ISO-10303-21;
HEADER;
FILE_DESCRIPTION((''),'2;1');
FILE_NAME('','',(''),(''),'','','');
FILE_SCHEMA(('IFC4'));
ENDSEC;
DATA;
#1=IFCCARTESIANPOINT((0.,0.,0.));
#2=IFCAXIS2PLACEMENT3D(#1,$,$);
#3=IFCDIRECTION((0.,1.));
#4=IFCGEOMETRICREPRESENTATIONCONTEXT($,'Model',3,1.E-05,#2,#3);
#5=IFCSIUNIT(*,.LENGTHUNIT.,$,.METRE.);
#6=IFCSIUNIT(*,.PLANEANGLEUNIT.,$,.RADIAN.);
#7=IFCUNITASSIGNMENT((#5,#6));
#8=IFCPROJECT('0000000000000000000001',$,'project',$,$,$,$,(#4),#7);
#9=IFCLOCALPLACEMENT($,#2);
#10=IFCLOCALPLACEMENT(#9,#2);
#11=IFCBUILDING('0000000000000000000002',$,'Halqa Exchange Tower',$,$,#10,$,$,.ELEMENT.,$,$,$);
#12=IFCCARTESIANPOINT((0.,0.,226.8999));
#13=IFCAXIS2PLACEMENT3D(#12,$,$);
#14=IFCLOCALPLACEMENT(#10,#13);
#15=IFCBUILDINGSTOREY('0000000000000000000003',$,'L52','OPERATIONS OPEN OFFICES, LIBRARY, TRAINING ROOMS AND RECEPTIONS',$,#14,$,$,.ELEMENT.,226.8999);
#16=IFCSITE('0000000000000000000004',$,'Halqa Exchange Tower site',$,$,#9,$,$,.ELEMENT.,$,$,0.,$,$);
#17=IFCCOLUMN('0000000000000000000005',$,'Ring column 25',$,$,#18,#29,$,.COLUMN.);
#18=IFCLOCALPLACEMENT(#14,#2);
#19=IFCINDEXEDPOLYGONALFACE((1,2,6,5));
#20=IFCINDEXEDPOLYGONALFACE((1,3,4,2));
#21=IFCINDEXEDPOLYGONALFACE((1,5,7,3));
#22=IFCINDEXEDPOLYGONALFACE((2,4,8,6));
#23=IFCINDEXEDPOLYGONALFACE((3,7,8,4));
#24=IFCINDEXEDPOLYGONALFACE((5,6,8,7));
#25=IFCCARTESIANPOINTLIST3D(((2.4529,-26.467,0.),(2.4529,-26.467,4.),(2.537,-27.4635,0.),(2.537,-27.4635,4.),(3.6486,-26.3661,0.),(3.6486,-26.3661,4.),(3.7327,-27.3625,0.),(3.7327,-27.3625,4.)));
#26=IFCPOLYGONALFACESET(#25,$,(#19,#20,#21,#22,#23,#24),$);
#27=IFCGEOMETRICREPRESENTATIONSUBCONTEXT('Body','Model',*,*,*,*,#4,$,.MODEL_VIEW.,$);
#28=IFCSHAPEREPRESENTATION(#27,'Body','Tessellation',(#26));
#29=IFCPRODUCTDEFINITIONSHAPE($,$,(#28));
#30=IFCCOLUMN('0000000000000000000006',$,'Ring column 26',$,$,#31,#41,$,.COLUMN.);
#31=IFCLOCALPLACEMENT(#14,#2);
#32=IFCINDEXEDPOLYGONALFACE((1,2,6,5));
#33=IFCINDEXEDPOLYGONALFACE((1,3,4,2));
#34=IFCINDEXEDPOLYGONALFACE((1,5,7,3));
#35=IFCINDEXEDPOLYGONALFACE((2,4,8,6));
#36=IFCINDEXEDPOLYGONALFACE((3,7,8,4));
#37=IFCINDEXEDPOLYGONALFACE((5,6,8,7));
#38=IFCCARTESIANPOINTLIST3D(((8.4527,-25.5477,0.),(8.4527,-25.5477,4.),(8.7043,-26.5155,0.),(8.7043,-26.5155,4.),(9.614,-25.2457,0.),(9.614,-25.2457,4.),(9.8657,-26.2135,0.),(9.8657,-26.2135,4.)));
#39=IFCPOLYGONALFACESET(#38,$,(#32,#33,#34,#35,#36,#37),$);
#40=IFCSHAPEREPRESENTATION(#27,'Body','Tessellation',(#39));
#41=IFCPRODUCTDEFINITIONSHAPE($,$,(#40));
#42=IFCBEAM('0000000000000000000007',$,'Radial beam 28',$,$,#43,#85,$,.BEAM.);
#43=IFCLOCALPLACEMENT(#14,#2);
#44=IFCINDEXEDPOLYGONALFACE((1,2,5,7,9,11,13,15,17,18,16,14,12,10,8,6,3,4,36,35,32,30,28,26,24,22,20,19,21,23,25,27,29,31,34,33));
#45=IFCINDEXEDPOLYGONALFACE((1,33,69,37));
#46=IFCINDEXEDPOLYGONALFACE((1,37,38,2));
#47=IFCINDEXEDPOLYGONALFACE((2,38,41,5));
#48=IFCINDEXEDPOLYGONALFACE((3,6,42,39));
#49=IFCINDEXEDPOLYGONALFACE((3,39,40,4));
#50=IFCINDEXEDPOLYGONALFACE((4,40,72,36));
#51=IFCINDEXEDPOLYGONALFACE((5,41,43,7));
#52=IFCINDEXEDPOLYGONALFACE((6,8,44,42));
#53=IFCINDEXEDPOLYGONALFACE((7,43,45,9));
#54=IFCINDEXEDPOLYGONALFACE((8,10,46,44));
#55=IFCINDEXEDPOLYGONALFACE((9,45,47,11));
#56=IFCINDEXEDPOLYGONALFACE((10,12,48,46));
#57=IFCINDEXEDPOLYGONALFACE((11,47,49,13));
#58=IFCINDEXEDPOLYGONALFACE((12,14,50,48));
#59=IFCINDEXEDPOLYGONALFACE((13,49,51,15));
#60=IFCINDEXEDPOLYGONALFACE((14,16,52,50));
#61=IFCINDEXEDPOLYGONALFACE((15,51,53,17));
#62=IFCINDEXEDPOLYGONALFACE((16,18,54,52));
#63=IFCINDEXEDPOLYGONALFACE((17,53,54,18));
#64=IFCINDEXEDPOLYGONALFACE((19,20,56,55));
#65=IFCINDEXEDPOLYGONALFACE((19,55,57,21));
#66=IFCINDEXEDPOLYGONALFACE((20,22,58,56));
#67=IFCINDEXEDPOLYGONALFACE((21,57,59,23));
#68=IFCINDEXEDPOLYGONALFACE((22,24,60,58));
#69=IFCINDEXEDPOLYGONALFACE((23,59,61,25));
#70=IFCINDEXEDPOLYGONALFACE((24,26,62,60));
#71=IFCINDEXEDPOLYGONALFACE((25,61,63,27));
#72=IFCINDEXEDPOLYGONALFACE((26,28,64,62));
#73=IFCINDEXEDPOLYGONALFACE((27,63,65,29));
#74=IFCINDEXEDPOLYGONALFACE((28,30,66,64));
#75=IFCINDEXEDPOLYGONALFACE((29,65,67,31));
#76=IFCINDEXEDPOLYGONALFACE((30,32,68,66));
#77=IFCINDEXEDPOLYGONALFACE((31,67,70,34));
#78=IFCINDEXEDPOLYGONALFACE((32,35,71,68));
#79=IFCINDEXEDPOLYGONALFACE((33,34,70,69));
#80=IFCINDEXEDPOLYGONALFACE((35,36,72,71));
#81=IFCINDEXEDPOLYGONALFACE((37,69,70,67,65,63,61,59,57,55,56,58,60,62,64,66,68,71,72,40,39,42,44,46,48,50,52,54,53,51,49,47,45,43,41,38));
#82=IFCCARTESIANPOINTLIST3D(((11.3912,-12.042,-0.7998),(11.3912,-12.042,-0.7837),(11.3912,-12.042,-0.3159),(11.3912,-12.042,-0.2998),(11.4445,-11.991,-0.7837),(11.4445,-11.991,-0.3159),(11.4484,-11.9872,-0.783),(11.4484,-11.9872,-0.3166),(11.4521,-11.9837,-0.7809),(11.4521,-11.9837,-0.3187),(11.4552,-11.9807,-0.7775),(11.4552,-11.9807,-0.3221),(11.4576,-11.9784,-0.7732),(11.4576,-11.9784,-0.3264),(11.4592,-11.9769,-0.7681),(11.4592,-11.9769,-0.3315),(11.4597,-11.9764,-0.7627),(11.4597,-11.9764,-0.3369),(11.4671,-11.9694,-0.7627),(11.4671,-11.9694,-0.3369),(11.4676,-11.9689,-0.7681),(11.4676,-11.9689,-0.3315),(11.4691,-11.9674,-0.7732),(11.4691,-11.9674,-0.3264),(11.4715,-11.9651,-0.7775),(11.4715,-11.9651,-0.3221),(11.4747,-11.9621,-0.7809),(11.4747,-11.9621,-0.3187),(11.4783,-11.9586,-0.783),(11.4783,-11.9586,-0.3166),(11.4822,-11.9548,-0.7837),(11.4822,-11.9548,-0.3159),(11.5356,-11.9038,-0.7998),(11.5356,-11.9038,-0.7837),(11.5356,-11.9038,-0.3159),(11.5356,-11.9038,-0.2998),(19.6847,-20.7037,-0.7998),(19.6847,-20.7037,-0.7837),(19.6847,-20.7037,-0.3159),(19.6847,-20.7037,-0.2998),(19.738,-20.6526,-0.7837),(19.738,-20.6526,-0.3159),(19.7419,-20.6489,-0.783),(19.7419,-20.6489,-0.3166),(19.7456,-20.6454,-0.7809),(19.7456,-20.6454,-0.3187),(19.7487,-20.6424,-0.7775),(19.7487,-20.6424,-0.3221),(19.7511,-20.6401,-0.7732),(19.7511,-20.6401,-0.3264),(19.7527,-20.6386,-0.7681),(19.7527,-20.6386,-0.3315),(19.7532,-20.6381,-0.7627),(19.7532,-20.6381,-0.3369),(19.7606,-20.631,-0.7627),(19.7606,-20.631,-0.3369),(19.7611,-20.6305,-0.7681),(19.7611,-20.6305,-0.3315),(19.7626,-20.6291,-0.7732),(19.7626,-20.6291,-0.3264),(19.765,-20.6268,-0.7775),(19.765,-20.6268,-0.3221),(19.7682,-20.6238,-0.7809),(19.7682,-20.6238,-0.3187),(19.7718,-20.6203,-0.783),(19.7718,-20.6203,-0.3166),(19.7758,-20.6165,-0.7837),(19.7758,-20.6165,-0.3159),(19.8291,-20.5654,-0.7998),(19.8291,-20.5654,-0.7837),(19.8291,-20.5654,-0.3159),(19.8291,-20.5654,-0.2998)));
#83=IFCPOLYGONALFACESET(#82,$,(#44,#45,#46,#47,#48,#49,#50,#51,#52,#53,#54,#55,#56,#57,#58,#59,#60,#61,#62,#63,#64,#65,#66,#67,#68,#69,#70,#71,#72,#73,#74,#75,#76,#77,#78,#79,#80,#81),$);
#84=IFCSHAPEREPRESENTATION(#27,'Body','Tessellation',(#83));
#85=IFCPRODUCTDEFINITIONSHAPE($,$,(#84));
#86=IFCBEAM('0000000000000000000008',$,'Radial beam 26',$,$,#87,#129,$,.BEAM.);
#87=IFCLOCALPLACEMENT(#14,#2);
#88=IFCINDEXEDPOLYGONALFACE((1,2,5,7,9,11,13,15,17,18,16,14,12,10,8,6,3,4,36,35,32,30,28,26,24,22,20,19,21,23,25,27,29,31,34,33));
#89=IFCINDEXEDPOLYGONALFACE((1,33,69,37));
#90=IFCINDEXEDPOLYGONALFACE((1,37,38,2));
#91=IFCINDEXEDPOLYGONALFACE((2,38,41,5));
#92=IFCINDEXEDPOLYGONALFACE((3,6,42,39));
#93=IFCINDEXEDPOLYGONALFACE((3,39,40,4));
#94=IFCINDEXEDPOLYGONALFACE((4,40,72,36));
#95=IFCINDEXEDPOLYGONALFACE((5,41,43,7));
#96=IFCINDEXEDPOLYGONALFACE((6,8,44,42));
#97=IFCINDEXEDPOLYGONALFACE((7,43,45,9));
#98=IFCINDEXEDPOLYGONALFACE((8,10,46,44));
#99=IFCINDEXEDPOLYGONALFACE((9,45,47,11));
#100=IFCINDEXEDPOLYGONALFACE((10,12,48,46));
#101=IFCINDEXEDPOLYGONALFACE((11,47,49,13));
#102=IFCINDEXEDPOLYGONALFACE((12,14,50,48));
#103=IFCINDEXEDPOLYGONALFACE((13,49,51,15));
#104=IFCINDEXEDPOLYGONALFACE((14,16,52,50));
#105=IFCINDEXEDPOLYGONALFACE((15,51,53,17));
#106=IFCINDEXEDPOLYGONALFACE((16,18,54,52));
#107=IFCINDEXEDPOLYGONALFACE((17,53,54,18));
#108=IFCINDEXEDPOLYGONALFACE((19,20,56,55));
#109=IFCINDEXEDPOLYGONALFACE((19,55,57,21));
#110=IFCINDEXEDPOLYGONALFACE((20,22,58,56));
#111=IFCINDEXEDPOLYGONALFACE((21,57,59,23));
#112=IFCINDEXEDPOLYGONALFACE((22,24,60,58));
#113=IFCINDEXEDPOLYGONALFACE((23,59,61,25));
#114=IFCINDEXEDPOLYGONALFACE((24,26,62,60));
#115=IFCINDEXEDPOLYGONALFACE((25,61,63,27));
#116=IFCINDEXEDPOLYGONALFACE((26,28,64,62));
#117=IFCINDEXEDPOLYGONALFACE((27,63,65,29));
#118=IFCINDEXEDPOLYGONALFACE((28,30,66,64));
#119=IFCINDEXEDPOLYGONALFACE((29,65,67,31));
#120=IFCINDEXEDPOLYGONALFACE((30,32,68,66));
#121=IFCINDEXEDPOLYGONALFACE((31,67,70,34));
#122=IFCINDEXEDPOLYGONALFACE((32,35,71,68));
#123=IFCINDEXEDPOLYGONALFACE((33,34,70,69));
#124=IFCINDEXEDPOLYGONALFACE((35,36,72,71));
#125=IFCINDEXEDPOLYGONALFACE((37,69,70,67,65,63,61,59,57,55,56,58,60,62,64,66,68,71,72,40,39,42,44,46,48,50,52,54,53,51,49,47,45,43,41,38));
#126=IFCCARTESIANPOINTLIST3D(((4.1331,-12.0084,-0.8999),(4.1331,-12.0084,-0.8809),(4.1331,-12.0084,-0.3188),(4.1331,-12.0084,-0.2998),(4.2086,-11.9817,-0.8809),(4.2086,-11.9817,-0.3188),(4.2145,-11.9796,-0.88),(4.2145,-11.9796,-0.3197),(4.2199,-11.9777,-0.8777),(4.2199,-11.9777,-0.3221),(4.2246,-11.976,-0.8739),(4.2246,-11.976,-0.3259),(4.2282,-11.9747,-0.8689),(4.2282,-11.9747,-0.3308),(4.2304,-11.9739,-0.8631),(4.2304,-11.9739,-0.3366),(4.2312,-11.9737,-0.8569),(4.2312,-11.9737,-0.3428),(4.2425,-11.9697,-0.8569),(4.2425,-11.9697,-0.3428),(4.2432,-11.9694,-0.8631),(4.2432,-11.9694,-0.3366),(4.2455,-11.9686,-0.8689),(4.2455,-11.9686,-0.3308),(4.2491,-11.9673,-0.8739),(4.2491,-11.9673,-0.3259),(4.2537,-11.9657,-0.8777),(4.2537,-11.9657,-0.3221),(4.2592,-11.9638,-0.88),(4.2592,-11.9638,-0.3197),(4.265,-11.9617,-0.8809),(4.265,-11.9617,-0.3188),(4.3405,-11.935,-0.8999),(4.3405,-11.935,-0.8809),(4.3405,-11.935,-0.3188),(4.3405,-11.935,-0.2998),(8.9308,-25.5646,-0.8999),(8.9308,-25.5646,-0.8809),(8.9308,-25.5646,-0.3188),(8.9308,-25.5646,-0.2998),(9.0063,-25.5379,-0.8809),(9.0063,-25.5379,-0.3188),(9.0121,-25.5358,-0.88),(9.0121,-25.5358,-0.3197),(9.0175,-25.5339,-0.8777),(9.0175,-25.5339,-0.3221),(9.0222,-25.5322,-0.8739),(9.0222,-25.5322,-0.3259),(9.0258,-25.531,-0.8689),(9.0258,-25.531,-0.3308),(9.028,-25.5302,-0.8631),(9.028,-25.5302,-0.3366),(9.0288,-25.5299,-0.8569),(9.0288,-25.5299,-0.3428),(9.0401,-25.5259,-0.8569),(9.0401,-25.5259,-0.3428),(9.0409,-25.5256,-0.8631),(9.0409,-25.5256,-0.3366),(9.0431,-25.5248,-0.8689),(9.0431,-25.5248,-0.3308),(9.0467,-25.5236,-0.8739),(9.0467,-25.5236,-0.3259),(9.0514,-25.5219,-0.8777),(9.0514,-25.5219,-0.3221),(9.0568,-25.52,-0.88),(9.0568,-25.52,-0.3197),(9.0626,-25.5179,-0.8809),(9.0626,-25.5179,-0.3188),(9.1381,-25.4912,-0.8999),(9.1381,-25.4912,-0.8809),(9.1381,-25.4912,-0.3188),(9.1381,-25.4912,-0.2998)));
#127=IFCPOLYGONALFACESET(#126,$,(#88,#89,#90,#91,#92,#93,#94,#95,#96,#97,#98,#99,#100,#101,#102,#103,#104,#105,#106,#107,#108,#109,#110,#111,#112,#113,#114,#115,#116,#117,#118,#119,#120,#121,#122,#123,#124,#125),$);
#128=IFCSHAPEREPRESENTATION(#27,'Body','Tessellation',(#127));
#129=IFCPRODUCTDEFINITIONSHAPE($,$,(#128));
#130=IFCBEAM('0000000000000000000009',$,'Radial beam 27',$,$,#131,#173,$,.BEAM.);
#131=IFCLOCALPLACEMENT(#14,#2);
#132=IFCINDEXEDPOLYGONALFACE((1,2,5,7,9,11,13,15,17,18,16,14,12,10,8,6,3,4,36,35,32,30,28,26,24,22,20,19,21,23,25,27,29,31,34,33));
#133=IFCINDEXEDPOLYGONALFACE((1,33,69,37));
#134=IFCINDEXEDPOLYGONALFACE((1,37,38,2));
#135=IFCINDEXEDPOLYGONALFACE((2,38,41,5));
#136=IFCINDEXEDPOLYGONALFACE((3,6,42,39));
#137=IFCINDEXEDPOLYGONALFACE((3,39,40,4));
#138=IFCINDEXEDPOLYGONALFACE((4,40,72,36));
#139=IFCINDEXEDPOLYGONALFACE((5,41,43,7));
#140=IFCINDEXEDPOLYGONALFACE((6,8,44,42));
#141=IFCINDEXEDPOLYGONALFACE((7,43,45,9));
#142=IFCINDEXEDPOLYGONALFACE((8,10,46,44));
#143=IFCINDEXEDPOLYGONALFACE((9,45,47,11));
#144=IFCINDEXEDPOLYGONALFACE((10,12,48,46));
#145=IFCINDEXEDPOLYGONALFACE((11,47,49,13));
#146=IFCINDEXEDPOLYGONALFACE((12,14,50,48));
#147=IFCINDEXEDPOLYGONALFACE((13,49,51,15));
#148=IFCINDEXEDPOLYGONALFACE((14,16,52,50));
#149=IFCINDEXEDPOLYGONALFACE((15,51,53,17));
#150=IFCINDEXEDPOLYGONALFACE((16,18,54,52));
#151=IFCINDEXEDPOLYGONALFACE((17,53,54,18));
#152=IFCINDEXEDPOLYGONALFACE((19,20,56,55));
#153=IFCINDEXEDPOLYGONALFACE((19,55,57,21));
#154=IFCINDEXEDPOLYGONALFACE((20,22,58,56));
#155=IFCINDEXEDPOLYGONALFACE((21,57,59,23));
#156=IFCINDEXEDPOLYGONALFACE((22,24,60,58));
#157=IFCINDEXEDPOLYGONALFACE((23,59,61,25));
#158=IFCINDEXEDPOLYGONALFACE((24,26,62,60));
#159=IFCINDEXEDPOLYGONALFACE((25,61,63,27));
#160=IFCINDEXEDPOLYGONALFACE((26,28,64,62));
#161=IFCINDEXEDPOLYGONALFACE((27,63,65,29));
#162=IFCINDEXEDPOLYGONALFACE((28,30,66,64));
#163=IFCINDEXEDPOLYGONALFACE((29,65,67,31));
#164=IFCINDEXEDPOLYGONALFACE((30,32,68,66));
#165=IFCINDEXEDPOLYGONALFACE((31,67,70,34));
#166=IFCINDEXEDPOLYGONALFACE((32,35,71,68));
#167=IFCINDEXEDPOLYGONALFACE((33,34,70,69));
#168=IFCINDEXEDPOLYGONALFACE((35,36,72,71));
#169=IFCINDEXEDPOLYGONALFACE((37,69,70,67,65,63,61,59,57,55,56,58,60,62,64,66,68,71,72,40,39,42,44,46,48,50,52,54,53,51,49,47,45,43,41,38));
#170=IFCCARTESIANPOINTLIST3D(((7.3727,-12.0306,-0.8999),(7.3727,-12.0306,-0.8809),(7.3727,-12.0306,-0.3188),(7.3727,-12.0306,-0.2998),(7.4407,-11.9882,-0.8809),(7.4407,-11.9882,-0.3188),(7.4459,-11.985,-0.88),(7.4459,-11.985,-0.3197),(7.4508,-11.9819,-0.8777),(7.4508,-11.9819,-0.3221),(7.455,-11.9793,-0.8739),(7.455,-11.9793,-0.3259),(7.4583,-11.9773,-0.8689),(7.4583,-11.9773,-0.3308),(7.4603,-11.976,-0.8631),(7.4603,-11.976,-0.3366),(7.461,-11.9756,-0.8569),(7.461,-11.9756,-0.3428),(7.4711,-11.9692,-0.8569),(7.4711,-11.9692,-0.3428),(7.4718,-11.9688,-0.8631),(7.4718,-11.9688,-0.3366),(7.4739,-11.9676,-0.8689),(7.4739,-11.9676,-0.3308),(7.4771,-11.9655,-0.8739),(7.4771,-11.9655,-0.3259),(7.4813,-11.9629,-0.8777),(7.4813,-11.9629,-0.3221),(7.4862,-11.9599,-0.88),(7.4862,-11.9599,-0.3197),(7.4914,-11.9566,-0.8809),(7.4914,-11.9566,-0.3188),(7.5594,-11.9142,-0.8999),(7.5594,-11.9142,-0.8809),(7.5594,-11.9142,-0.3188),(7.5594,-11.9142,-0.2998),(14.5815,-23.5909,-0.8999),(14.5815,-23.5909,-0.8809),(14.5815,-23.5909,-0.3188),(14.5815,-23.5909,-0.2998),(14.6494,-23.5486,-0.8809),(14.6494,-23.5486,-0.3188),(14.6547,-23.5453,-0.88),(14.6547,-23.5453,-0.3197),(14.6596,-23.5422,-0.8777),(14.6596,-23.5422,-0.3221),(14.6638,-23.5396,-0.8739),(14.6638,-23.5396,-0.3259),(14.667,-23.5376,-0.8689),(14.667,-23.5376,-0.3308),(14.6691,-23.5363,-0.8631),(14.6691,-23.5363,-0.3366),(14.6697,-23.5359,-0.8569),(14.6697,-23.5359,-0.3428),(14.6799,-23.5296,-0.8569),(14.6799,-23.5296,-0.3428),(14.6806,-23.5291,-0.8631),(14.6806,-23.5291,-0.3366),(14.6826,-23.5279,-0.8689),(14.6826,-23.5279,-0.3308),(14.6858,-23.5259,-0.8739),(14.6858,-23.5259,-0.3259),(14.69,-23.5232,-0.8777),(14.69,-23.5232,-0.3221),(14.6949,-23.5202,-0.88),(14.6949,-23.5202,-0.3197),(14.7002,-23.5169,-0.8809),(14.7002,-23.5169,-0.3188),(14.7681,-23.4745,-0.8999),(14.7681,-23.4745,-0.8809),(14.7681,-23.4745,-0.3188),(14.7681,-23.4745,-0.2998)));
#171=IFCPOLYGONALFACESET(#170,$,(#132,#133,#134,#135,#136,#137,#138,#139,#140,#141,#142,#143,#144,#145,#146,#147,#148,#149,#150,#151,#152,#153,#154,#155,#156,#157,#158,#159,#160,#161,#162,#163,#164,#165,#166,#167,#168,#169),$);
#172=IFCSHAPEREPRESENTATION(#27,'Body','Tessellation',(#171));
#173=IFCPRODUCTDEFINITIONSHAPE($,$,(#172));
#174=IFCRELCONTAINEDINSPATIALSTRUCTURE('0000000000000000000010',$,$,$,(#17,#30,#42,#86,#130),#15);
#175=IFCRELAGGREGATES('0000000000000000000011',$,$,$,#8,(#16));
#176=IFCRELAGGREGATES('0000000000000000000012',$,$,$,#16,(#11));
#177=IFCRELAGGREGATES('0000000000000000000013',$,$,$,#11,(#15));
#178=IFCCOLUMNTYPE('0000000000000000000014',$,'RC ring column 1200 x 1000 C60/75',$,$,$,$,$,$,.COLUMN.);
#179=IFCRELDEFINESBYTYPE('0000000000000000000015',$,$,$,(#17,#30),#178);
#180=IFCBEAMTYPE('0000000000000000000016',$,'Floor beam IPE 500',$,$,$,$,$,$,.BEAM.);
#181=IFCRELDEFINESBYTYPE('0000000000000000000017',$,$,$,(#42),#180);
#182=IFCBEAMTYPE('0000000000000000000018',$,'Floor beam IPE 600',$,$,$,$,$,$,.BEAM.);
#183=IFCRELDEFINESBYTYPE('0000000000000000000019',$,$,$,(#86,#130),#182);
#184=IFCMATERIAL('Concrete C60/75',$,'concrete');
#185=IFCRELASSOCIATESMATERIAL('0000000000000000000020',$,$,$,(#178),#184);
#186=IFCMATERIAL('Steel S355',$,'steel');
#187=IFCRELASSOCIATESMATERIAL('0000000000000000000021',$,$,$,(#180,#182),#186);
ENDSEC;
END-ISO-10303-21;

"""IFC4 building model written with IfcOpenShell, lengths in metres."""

from ifc_helpers import new_model, si_unit, direction, frame, origin, origin_2d, place, context, subcontext, project, spatial, rectangle, i_section, extrude, material, material_profile, profile_set, type_object, element, save


model = new_model("IFC4")

# Units and contexts
model_context = context("Model", 3, precision=1e-05, world=origin(), true_north=direction((0.0, 1.0)))
body_context = subcontext(model_context, "Body", "Model", "MODEL_VIEW")
ifc_project = project(units=[si_unit("LENGTHUNIT", "METRE"), si_unit("PLANEANGLEUNIT", "RADIAN")], contexts=[model_context])

# Site, building, storey
site_placement = place(None, origin())
site = spatial("IfcSite", under=ifc_project, at=site_placement, Name="Halqa Exchange Tower site", CompositionType="ELEMENT", RefElevation=0.0)
building_placement = place(site_placement, origin())
building = spatial("IfcBuilding", under=site, at=building_placement, Name="Halqa Exchange Tower", CompositionType="ELEMENT")
storey_placement = place(building_placement, frame((0.0, 0.0, 226.8999)))
storey = spatial("IfcBuildingStorey", under=building, at=storey_placement, Name="L52", Description="OPERATIONS OPEN OFFICES, LIBRARY, TRAINING ROOMS AND RECEPTIONS", CompositionType="ELEMENT", Elevation=226.8999)

# Columns
ifc_material_1 = material(Name="Concrete C60/75", Category="concrete")
ifc_material_profile_1 = material_profile(ifc_material_1, rectangle(XDim=1.2, YDim=1.0, at=origin_2d()), Name="1200 x 1000")
ifc_profile_set_1 = profile_set([ifc_material_profile_1], Name="Concrete C60/75")
column_type = type_object("IfcColumnType", Name="RC ring column 1200 x 1000 C60/75", PredefinedType="COLUMN", material=ifc_profile_set_1)
for number, where, z_axis, x_axis, name in (
    (1, (3.0928, -26.9148, 0.0), (0.0, 0.0, 1.0), (0.996455, 0.084128, 0.0), "Ring column 25"),
    (2, (9.1592, -25.8806, 0.0), (0.0, 0.0, 1.0), (0.967818, 0.25165, 0.0), "Ring column 26"),
):
    element("IfcColumn", number, at=place(storey_placement, frame(where, z_axis=z_axis, x_axis=x_axis)), inside=storey, type_object=column_type, Name=name, PredefinedType="COLUMN", context=body_context, shape_type="SweptSolid", body=[
        extrude(rectangle(XDim=1.2, YDim=1.0, at=origin_2d()), origin(), (0.0, 0.0, 1.0), 4.0),
    ])

# Beams
ifc_material_2 = material(Name="Steel S355", Category="steel")
ifc_material_profile_2 = material_profile(ifc_material_2, i_section(OverallWidth=0.2, OverallDepth=0.5, WebThickness=0.0103, FlangeThickness=0.0161, FilletRadius=0.021, at=origin_2d()), Name="IPE 500")
ifc_profile_set_2 = profile_set([ifc_material_profile_2], Name="Steel S355")
beam_type_1 = type_object("IfcBeamType", Name="Floor beam IPE 500", PredefinedType="BEAM", material=ifc_profile_set_2)
beam_1_placement = place(storey_placement, frame((11.4634, -11.9729, -0.5498), z_axis=(0.69159, -0.722291, 0.0), x_axis=(0.722291, 0.69159, 0.0)))
element("IfcBeam", 3, at=beam_1_placement, inside=storey, type_object=beam_type_1, Name="Radial beam 28", PredefinedType="BEAM", context=body_context, shape_type="SweptSolid", body=[
    extrude(i_section(OverallWidth=0.2, OverallDepth=0.5, WebThickness=0.0103, FlangeThickness=0.0161, FilletRadius=0.021, at=origin_2d()), origin(), (0.0, 0.0, 1.0), 11.9919),
])
ifc_material_profile_3 = material_profile(ifc_material_2, i_section(OverallWidth=0.22, OverallDepth=0.6001, WebThickness=0.012, FlangeThickness=0.019, FilletRadius=0.0239, at=origin_2d()), Name="IPE 600")
ifc_profile_set_3 = profile_set([ifc_material_profile_3], Name="Steel S355")
beam_type_2 = type_object("IfcBeamType", Name="Floor beam IPE 600", PredefinedType="BEAM", material=ifc_profile_set_3)
beam_2_placement = place(storey_placement, frame((4.2368, -11.9717, -0.5999), z_axis=(0.333629, -0.942704, 0.0), x_axis=(0.942704, 0.333629, 0.0)))
element("IfcBeam", 4, at=beam_2_placement, inside=storey, type_object=beam_type_2, Name="Radial beam 26", PredefinedType="BEAM", context=body_context, shape_type="SweptSolid", body=[
    extrude(i_section(OverallWidth=0.22, OverallDepth=0.6001, WebThickness=0.012, FlangeThickness=0.019, FilletRadius=0.0239, at=origin_2d()), origin(), (0.0, 0.0, 1.0), 14.3801),
])
beam_3_placement = place(storey_placement, frame((7.4661, -11.9724, -0.5999), z_axis=(0.52913, -0.848541, 0.0), x_axis=(0.848541, 0.52913, 0.0)))
element("IfcBeam", 5, at=beam_3_placement, inside=storey, type_object=beam_type_2, Name="Radial beam 27", PredefinedType="BEAM", context=body_context, shape_type="SweptSolid", body=[
    extrude(i_section(OverallWidth=0.22, OverallDepth=0.6001, WebThickness=0.012, FlangeThickness=0.019, FilletRadius=0.0239, at=origin_2d()), origin(), (0.0, 0.0, 1.0), 13.6238),
])

save(model, "model.ifc")
